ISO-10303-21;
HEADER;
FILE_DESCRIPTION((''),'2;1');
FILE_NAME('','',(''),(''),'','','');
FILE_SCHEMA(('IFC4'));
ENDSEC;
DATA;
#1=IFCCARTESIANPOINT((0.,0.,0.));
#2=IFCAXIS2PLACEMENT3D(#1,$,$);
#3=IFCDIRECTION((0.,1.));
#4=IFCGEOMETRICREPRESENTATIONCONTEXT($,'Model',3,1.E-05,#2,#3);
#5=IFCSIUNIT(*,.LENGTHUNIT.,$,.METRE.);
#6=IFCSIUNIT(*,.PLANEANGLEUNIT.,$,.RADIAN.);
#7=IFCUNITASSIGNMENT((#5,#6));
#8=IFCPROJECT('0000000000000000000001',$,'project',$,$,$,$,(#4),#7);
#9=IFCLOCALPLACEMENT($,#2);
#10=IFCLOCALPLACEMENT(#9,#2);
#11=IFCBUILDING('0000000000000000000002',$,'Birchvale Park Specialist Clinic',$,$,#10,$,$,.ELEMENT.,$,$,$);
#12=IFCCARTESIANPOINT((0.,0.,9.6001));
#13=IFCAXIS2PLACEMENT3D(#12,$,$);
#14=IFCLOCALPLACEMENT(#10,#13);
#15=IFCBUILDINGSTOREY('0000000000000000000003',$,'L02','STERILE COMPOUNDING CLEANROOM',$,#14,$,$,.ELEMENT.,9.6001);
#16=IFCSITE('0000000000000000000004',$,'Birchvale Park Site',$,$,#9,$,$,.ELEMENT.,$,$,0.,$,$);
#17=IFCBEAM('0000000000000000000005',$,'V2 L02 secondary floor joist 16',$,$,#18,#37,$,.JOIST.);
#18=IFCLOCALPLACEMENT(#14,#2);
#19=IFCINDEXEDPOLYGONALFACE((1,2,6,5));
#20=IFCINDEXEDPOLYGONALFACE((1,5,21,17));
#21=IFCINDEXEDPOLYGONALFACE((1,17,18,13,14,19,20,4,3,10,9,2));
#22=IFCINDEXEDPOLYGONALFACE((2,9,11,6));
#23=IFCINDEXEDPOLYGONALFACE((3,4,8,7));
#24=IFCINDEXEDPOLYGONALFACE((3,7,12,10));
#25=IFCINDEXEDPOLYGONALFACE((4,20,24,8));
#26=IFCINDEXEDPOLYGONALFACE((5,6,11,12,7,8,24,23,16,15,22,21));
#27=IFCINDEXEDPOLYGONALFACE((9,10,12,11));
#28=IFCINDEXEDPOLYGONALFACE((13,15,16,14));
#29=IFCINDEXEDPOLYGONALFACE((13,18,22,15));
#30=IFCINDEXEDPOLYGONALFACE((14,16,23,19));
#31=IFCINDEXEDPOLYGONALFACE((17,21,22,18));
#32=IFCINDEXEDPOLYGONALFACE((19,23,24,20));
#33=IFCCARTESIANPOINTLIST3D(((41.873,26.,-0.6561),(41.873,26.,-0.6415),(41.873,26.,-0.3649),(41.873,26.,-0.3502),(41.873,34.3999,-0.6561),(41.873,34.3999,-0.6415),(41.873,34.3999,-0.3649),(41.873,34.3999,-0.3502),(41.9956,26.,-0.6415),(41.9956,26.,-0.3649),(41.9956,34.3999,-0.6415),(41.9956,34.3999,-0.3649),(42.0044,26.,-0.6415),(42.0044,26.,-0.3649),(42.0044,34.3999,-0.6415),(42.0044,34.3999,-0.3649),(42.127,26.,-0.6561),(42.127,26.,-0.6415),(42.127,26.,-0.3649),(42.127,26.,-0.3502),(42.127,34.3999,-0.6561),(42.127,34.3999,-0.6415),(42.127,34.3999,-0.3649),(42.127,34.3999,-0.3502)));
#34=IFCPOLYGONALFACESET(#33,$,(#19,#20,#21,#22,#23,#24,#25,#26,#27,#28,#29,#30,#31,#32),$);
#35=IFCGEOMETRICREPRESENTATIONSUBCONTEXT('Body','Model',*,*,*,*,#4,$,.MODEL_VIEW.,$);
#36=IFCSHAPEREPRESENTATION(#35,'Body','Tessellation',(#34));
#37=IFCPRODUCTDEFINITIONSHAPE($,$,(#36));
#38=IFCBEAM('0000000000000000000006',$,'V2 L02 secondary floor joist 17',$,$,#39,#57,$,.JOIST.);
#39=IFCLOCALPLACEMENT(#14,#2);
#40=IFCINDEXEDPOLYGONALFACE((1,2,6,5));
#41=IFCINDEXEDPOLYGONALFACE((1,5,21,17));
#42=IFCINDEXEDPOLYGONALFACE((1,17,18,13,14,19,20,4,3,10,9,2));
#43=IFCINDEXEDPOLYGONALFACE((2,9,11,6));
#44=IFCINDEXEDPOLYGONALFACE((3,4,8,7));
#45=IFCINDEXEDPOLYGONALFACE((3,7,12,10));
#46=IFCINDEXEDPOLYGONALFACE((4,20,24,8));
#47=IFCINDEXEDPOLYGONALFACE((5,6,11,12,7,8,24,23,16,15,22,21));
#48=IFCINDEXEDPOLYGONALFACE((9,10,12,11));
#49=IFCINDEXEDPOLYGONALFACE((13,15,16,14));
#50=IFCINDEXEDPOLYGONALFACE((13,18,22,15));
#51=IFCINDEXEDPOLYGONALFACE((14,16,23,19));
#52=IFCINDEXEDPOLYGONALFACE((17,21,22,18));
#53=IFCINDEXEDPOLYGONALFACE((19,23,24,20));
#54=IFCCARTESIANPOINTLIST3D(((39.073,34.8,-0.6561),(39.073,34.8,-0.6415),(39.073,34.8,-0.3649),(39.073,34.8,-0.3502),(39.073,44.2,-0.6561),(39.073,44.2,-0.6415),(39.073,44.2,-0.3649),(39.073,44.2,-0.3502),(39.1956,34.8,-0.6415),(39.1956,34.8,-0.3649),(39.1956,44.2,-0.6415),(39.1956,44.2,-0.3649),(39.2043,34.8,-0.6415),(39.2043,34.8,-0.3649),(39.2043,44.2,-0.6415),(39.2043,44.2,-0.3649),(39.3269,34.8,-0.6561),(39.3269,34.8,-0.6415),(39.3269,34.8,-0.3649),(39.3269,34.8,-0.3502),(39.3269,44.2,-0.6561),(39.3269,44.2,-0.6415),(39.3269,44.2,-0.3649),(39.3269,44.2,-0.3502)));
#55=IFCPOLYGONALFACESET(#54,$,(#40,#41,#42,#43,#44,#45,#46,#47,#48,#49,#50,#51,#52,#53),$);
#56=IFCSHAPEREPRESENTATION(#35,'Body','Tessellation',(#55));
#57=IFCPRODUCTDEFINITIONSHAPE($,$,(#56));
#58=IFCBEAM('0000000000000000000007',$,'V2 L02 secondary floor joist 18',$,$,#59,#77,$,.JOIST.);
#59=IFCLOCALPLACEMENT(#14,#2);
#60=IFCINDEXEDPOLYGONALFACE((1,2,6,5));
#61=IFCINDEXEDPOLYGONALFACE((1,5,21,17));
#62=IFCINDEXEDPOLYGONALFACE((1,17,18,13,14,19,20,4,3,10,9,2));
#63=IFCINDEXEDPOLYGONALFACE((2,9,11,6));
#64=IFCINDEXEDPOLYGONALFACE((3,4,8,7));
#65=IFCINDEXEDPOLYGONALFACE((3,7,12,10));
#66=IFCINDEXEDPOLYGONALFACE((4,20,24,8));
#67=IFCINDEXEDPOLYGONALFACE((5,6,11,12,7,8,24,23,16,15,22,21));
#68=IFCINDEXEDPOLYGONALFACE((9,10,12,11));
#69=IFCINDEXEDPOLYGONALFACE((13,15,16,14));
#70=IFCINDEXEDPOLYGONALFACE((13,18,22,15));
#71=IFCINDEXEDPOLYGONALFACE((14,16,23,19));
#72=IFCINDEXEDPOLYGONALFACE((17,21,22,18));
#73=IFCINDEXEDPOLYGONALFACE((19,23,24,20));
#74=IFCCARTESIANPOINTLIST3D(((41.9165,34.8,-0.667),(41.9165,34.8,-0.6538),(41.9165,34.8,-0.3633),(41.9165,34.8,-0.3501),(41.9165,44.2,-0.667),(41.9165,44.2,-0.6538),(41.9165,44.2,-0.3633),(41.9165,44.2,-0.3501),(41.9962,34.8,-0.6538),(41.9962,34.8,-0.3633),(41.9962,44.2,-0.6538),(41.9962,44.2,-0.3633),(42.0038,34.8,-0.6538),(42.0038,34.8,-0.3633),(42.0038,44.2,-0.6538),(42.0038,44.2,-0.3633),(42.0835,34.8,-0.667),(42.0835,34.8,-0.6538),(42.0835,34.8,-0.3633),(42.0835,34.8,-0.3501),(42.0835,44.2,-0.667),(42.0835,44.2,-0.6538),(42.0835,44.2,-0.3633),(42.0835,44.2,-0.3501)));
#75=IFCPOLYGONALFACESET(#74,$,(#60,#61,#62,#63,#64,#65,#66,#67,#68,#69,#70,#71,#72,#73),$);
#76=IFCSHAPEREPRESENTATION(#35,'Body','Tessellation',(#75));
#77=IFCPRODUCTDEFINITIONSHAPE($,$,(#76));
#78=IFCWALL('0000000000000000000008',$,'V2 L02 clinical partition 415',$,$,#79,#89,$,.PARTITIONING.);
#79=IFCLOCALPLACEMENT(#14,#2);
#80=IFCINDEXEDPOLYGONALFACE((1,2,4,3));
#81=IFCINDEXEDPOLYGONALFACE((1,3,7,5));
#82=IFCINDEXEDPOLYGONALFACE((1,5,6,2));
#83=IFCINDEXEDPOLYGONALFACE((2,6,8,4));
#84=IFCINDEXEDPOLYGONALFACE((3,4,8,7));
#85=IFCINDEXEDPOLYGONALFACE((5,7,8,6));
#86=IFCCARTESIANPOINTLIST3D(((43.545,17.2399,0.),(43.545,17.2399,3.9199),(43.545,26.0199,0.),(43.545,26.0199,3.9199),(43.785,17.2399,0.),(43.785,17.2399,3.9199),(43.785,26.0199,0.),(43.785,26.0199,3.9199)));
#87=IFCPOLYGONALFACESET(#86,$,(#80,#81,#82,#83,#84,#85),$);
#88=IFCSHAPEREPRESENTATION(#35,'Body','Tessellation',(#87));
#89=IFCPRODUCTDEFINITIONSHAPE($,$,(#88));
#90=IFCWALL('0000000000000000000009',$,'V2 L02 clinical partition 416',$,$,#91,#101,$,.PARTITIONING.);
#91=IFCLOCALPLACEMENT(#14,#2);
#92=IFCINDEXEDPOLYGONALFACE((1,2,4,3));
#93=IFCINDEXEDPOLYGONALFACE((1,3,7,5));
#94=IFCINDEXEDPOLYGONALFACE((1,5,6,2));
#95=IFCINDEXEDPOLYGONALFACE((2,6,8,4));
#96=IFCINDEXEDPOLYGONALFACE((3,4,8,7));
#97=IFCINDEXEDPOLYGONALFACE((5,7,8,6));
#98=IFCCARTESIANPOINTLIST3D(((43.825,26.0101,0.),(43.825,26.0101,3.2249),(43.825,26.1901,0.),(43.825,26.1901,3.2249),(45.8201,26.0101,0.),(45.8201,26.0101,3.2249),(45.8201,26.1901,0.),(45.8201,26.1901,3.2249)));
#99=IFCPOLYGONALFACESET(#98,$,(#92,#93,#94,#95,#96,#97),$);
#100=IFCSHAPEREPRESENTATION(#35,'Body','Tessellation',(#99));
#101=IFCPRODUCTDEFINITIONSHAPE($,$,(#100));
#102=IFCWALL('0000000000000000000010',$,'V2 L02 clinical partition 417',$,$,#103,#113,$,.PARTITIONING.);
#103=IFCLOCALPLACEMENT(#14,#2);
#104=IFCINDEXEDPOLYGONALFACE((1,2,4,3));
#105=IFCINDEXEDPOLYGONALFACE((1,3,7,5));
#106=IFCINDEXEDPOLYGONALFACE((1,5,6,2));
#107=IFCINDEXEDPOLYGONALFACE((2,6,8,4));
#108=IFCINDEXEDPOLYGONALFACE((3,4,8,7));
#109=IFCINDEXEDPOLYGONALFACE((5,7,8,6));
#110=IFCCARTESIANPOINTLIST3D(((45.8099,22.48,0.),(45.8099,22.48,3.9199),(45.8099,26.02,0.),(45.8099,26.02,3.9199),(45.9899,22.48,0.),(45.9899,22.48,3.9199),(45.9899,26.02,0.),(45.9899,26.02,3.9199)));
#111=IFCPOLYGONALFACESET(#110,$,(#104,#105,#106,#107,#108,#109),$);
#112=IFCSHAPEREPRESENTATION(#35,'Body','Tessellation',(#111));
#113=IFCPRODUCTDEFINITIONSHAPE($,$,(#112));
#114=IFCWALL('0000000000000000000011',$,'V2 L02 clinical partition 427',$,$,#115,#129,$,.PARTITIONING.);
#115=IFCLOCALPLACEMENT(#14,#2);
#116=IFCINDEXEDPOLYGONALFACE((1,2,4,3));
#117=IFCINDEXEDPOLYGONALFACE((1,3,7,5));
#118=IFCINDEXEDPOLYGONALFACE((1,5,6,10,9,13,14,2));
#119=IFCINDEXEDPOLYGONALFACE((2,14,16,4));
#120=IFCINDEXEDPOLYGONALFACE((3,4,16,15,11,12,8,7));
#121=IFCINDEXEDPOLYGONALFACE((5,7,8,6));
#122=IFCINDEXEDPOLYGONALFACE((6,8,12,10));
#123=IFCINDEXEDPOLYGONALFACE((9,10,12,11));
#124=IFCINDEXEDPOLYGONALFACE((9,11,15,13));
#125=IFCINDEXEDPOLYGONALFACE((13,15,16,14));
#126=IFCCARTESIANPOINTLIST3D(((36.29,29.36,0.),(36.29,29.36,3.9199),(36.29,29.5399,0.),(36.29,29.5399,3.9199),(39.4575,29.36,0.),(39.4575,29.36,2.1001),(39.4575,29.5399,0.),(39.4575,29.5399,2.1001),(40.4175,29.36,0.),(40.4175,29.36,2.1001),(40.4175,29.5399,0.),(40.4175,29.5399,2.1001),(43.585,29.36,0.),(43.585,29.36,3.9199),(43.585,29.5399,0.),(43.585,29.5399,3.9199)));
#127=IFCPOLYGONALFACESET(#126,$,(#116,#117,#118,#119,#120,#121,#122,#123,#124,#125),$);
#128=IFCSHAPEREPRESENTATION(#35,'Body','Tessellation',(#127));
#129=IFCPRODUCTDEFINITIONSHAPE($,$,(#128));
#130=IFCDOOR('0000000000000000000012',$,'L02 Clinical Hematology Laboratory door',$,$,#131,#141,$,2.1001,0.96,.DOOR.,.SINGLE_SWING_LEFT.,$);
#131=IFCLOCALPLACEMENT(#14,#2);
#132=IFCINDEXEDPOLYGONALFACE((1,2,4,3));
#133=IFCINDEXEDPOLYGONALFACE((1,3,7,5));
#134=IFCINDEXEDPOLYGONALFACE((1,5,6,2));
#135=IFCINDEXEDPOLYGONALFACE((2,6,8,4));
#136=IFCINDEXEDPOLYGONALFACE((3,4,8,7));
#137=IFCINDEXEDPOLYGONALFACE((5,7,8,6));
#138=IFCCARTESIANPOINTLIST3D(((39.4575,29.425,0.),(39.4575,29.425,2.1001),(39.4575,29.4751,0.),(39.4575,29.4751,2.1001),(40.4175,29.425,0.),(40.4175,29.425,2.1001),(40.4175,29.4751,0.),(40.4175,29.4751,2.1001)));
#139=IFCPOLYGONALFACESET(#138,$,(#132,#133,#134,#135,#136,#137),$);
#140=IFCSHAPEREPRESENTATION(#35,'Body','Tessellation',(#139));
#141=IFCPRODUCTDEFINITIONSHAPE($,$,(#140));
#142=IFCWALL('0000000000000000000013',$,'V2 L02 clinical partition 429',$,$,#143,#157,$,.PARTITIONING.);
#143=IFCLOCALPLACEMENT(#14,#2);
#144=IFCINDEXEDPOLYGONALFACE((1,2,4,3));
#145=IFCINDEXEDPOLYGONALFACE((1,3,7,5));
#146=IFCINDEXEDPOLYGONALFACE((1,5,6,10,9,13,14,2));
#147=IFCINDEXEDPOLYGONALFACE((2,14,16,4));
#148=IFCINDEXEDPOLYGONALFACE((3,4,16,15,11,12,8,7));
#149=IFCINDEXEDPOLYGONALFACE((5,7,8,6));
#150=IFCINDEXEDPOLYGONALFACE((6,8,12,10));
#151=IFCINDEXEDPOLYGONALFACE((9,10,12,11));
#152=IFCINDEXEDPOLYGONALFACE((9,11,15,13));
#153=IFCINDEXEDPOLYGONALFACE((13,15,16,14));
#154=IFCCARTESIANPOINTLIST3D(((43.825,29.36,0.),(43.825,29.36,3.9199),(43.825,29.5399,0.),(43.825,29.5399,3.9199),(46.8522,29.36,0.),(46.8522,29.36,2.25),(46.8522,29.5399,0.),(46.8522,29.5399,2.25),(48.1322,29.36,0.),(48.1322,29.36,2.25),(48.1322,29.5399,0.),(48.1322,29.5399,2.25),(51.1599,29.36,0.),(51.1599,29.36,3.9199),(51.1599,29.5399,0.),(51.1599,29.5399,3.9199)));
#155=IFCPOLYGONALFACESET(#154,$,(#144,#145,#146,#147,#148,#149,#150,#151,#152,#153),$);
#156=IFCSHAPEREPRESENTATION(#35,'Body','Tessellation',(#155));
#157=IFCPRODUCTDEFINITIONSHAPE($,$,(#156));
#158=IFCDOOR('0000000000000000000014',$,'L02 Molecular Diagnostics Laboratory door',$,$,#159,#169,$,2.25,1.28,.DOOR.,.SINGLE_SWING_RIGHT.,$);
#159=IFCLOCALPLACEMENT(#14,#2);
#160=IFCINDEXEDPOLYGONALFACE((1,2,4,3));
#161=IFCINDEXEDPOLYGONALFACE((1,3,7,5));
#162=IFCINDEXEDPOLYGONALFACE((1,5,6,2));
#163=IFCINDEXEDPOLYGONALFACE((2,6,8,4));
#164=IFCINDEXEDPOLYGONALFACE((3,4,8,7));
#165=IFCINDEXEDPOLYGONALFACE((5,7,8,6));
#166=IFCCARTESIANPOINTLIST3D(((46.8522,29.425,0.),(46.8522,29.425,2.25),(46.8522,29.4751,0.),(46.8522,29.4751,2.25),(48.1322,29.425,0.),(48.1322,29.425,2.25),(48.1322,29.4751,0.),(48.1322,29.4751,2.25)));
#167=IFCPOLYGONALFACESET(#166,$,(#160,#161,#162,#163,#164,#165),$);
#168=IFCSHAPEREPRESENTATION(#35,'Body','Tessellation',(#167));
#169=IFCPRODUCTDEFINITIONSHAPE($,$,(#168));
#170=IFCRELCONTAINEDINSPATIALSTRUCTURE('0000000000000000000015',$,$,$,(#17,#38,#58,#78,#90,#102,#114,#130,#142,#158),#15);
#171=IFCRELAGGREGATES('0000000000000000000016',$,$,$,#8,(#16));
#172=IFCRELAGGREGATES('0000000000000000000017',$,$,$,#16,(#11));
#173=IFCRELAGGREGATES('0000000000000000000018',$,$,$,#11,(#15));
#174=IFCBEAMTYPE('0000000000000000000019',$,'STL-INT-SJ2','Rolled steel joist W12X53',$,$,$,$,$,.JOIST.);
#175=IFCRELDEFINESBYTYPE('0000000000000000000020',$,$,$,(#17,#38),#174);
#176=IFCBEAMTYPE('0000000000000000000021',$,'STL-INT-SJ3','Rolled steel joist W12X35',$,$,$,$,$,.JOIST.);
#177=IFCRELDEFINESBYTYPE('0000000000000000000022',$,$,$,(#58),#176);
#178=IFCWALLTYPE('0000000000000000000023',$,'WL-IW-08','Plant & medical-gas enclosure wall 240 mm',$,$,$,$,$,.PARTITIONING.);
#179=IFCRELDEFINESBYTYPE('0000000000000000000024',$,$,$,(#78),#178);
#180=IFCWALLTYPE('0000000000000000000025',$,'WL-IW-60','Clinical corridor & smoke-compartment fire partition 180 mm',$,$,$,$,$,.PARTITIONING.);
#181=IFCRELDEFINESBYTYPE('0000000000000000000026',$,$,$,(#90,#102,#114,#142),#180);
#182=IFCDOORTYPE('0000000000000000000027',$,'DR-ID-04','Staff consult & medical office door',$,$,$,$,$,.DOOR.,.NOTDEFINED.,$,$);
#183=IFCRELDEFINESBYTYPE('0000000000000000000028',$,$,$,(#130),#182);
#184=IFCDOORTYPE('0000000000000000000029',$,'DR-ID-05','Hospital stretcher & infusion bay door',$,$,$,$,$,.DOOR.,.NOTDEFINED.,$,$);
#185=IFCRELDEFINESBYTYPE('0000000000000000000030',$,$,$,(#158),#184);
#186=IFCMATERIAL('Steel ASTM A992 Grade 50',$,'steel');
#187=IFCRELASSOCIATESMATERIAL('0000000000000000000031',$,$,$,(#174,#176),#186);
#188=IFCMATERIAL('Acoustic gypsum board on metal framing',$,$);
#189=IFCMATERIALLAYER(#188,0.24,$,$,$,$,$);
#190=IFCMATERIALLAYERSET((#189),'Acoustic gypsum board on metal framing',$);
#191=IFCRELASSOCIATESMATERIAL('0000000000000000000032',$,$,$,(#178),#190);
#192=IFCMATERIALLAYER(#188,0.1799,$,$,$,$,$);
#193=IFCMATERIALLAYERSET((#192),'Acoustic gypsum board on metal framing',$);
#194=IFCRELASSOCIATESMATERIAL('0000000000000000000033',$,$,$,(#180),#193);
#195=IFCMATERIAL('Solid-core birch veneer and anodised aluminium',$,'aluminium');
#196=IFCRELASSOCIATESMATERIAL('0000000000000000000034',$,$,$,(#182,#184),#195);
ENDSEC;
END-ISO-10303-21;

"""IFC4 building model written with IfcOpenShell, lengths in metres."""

from ifc_helpers import new_model, si_unit, direction, frame, frame_2d, origin, origin_2d, place, context, subcontext, project, spatial, rectangle, i_section, extrude, material, layer, layer_set, material_profile, profile_set, type_object, element, fill, save


model = new_model("IFC4")

# Units and contexts
model_context = context("Model", 3, precision=1e-05, world=origin(), true_north=direction((0.0, 1.0)))
body_context = subcontext(model_context, "Body", "Model", "MODEL_VIEW")
ifc_project = project(units=[si_unit("LENGTHUNIT", "METRE"), si_unit("PLANEANGLEUNIT", "RADIAN")], contexts=[model_context])

# Site, building, storey
site_placement = place(None, origin())
site = spatial("IfcSite", under=ifc_project, at=site_placement, Name="Birchvale Park Site", CompositionType="ELEMENT", RefElevation=0.0)
building_placement = place(site_placement, origin())
building = spatial("IfcBuilding", under=site, at=building_placement, Name="Birchvale Park Specialist Clinic", CompositionType="ELEMENT")
storey_placement = place(building_placement, frame((0.0, 0.0, 9.6001)))
storey = spatial("IfcBuildingStorey", under=building, at=storey_placement, Name="L02", Description="STERILE COMPOUNDING CLEANROOM", CompositionType="ELEMENT", Elevation=9.6001)

# Beams
ifc_material_1 = material(Name="Steel ASTM A992 Grade 50", Category="steel")
ifc_material_profile_1 = material_profile(ifc_material_1, i_section(OverallWidth=0.2539, OverallDepth=0.3059, WebThickness=0.0088, FlangeThickness=0.0146, at=origin_2d()), Name="W12X53")
ifc_profile_set_1 = profile_set([ifc_material_profile_1], Name="Steel ASTM A992 Grade 50")
beam_type_1 = type_object("IfcBeamType", Name="STL-INT-SJ2", Description="Rolled steel joist W12X53", PredefinedType="JOIST", material=ifc_profile_set_1)
beam_1_placement = place(storey_placement, frame((42.0, 26.0, -0.5032), z_axis=(0.0, 1.0, 0.0), x_axis=(-1.0, 0.0, 0.0)))
element("IfcBeam", 1, at=beam_1_placement, inside=storey, type_object=beam_type_1, Name="V2 L02 secondary floor joist 16", PredefinedType="JOIST", context=body_context, shape_type="SweptSolid", body=[
    extrude(i_section(OverallWidth=0.2539, OverallDepth=0.3059, WebThickness=0.0088, FlangeThickness=0.0146, at=origin_2d()), origin(), (0.0, 0.0, 1.0), 8.3999),
])
beam_2_placement = place(storey_placement, frame((39.2, 34.8, -0.5032), z_axis=(0.0, 1.0, 0.0), x_axis=(-1.0, 0.0, 0.0)))
element("IfcBeam", 2, at=beam_2_placement, inside=storey, type_object=beam_type_1, Name="V2 L02 secondary floor joist 17", PredefinedType="JOIST", context=body_context, shape_type="SweptSolid", body=[
    extrude(i_section(OverallWidth=0.2539, OverallDepth=0.3059, WebThickness=0.0088, FlangeThickness=0.0146, at=origin_2d()), origin(), (0.0, 0.0, 1.0), 9.3999),
])
ifc_material_profile_2 = material_profile(ifc_material_1, i_section(OverallWidth=0.167, OverallDepth=0.3169, WebThickness=0.0076, FlangeThickness=0.0132, at=origin_2d()), Name="W12X35")
ifc_profile_set_2 = profile_set([ifc_material_profile_2], Name="Steel ASTM A992 Grade 50")
beam_type_2 = type_object("IfcBeamType", Name="STL-INT-SJ3", Description="Rolled steel joist W12X35", PredefinedType="JOIST", material=ifc_profile_set_2)
beam_3_placement = place(storey_placement, frame((42.0, 34.8, -0.5085), z_axis=(0.0, 1.0, 0.0), x_axis=(-1.0, 0.0, 0.0)))
element("IfcBeam", 3, at=beam_3_placement, inside=storey, type_object=beam_type_2, Name="V2 L02 secondary floor joist 18", PredefinedType="JOIST", context=body_context, shape_type="SweptSolid", body=[
    extrude(i_section(OverallWidth=0.167, OverallDepth=0.3169, WebThickness=0.0076, FlangeThickness=0.0132, at=origin_2d()), origin(), (0.0, 0.0, 1.0), 9.3999),
])

# Walls
ifc_material_2 = material(Name="Acoustic gypsum board on metal framing")
ifc_layer_1 = layer(ifc_material_2, 0.24)
ifc_layer_set_1 = layer_set([ifc_layer_1], Name="Acoustic gypsum board on metal framing")
wall_type_1 = type_object("IfcWallType", Name="WL-IW-08", Description="Plant & medical-gas enclosure wall 240 mm", PredefinedType="PARTITIONING", material=ifc_layer_set_1)
wall_1_placement = place(storey_placement, frame((43.665, 26.02, 0.0), z_axis=(0.0, 0.0, 1.0), x_axis=(0.0, -1.0, 0.0)))
element("IfcWall", 4, at=wall_1_placement, inside=storey, type_object=wall_type_1, Name="V2 L02 clinical partition 415", PredefinedType="PARTITIONING", context=body_context, shape_type="SweptSolid", body=[
    extrude(rectangle(XDim=8.78, YDim=0.24, at=frame_2d((4.3901, 0.0))), origin(), (0.0, 0.0, 1.0), 3.9199),
])
ifc_layer_2 = layer(ifc_material_2, 0.1799)
ifc_layer_set_2 = layer_set([ifc_layer_2], Name="Acoustic gypsum board on metal framing")
wall_type_2 = type_object("IfcWallType", Name="WL-IW-60", Description="Clinical corridor & smoke-compartment fire partition 180 mm", PredefinedType="PARTITIONING", material=ifc_layer_set_2)
wall_2_placement = place(storey_placement, frame((43.825, 26.1001, 0.0), z_axis=(0.0, 0.0, 1.0), x_axis=(1.0, 0.0, 0.0)))
element("IfcWall", 5, at=wall_2_placement, inside=storey, type_object=wall_type_2, Name="V2 L02 clinical partition 416", PredefinedType="PARTITIONING", context=body_context, shape_type="SweptSolid", body=[
    extrude(rectangle(XDim=1.9951, YDim=0.1799, at=frame_2d((0.9976, 0.0))), origin(), (0.0, 0.0, 1.0), 3.2249),
])
wall_3_placement = place(storey_placement, frame((45.8999, 26.02, 0.0), z_axis=(0.0, 0.0, 1.0), x_axis=(0.0, -1.0, 0.0)))
element("IfcWall", 6, at=wall_3_placement, inside=storey, type_object=wall_type_2, Name="V2 L02 clinical partition 417", PredefinedType="PARTITIONING", context=body_context, shape_type="SweptSolid", body=[
    extrude(rectangle(XDim=3.54, YDim=0.1799, at=frame_2d((1.77, 0.0))), origin(), (0.0, 0.0, 1.0), 3.9199),
])

# Walls, openings, doors
wall_4_placement = place(storey_placement, frame((43.585, 29.45, 0.0), z_axis=(0.0, 0.0, 1.0), x_axis=(-1.0, 0.0, 0.0)))
wall_4 = element("IfcWall", 7, at=wall_4_placement, inside=storey, type_object=wall_type_2, Name="V2 L02 clinical partition 427", PredefinedType="PARTITIONING", context=body_context, shape_type="SweptSolid", body=[
    extrude(rectangle(XDim=7.2949, YDim=0.1799, at=frame_2d((3.6475, 0.0))), origin(), (0.0, 0.0, 1.0), 3.9199),
])
opening_1_placement = place(wall_4_placement, frame((3.1675, 0.0, 0.0)))
opening_1 = element("IfcOpeningElement", 8, at=opening_1_placement, cuts=wall_4, PredefinedType="OPENING", context=body_context, shape_type="SweptSolid", body=[
    extrude(rectangle(XDim=0.96, YDim=2.1001, at=frame_2d((0.48, 1.05))), frame((0.0, 0.1001, 0.0), z_axis=(0.0, -1.0, 0.0), x_axis=(1.0, 0.0, 0.0)), (0.0, 0.0, 1.0), 0.2),
])
ifc_material_3 = material(Name="Solid-core birch veneer and anodised aluminium", Category="aluminium")
door_type_1 = type_object("IfcDoorType", Name="DR-ID-04", Description="Staff consult & medical office door", OperationType="NOTDEFINED", PredefinedType="DOOR", material=ifc_material_3)
door_1_placement = place(opening_1_placement, origin())
door_1 = element("IfcDoor", 9, at=door_1_placement, inside=storey, type_object=door_type_1, Name="L02 Clinical Hematology Laboratory door", OperationType="SINGLE_SWING_LEFT", OverallHeight=2.1001, OverallWidth=0.96, PredefinedType="DOOR", context=body_context, shape_type="SweptSolid", body=[
    extrude(rectangle(XDim=0.96, YDim=2.1001, at=frame_2d((0.48, 1.05))), frame((0.0, 0.0249, 0.0), z_axis=(0.0, -1.0, 0.0), x_axis=(1.0, 0.0, 0.0)), (0.0, 0.0, 1.0), 0.05),
])
fill(opening_1, door_1)
wall_5_placement = place(storey_placement, frame((51.1599, 29.45, 0.0), z_axis=(0.0, 0.0, 1.0), x_axis=(-1.0, 0.0, 0.0)))
wall_5 = element("IfcWall", 10, at=wall_5_placement, inside=storey, type_object=wall_type_2, Name="V2 L02 clinical partition 429", PredefinedType="PARTITIONING", context=body_context, shape_type="SweptSolid", body=[
    extrude(rectangle(XDim=7.335, YDim=0.1799, at=frame_2d((3.6675, 0.0))), origin(), (0.0, 0.0, 1.0), 3.9199),
])
opening_2_placement = place(wall_5_placement, frame((3.0276, 0.0, 0.0)))
opening_2 = element("IfcOpeningElement", 11, at=opening_2_placement, cuts=wall_5, PredefinedType="OPENING", context=body_context, shape_type="SweptSolid", body=[
    extrude(rectangle(XDim=1.28, YDim=2.25, at=frame_2d((0.6401, 1.125))), frame((0.0, 0.1001, 0.0), z_axis=(0.0, -1.0, 0.0), x_axis=(1.0, 0.0, 0.0)), (0.0, 0.0, 1.0), 0.2),
])
door_type_2 = type_object("IfcDoorType", Name="DR-ID-05", Description="Hospital stretcher & infusion bay door", OperationType="NOTDEFINED", PredefinedType="DOOR", material=ifc_material_3)
door_2_placement = place(opening_2_placement, origin())
door_2 = element("IfcDoor", 12, at=door_2_placement, inside=storey, type_object=door_type_2, Name="L02 Molecular Diagnostics Laboratory door", OperationType="SINGLE_SWING_RIGHT", OverallHeight=2.25, OverallWidth=1.28, PredefinedType="DOOR", context=body_context, shape_type="SweptSolid", body=[
    extrude(rectangle(XDim=1.28, YDim=2.25, at=frame_2d((0.6401, 1.125))), frame((0.0, 0.0249, 0.0), z_axis=(0.0, -1.0, 0.0), x_axis=(1.0, 0.0, 0.0)), (0.0, 0.0, 1.0), 0.05),
])
fill(opening_2, door_2)

save(model, "model.ifc")
